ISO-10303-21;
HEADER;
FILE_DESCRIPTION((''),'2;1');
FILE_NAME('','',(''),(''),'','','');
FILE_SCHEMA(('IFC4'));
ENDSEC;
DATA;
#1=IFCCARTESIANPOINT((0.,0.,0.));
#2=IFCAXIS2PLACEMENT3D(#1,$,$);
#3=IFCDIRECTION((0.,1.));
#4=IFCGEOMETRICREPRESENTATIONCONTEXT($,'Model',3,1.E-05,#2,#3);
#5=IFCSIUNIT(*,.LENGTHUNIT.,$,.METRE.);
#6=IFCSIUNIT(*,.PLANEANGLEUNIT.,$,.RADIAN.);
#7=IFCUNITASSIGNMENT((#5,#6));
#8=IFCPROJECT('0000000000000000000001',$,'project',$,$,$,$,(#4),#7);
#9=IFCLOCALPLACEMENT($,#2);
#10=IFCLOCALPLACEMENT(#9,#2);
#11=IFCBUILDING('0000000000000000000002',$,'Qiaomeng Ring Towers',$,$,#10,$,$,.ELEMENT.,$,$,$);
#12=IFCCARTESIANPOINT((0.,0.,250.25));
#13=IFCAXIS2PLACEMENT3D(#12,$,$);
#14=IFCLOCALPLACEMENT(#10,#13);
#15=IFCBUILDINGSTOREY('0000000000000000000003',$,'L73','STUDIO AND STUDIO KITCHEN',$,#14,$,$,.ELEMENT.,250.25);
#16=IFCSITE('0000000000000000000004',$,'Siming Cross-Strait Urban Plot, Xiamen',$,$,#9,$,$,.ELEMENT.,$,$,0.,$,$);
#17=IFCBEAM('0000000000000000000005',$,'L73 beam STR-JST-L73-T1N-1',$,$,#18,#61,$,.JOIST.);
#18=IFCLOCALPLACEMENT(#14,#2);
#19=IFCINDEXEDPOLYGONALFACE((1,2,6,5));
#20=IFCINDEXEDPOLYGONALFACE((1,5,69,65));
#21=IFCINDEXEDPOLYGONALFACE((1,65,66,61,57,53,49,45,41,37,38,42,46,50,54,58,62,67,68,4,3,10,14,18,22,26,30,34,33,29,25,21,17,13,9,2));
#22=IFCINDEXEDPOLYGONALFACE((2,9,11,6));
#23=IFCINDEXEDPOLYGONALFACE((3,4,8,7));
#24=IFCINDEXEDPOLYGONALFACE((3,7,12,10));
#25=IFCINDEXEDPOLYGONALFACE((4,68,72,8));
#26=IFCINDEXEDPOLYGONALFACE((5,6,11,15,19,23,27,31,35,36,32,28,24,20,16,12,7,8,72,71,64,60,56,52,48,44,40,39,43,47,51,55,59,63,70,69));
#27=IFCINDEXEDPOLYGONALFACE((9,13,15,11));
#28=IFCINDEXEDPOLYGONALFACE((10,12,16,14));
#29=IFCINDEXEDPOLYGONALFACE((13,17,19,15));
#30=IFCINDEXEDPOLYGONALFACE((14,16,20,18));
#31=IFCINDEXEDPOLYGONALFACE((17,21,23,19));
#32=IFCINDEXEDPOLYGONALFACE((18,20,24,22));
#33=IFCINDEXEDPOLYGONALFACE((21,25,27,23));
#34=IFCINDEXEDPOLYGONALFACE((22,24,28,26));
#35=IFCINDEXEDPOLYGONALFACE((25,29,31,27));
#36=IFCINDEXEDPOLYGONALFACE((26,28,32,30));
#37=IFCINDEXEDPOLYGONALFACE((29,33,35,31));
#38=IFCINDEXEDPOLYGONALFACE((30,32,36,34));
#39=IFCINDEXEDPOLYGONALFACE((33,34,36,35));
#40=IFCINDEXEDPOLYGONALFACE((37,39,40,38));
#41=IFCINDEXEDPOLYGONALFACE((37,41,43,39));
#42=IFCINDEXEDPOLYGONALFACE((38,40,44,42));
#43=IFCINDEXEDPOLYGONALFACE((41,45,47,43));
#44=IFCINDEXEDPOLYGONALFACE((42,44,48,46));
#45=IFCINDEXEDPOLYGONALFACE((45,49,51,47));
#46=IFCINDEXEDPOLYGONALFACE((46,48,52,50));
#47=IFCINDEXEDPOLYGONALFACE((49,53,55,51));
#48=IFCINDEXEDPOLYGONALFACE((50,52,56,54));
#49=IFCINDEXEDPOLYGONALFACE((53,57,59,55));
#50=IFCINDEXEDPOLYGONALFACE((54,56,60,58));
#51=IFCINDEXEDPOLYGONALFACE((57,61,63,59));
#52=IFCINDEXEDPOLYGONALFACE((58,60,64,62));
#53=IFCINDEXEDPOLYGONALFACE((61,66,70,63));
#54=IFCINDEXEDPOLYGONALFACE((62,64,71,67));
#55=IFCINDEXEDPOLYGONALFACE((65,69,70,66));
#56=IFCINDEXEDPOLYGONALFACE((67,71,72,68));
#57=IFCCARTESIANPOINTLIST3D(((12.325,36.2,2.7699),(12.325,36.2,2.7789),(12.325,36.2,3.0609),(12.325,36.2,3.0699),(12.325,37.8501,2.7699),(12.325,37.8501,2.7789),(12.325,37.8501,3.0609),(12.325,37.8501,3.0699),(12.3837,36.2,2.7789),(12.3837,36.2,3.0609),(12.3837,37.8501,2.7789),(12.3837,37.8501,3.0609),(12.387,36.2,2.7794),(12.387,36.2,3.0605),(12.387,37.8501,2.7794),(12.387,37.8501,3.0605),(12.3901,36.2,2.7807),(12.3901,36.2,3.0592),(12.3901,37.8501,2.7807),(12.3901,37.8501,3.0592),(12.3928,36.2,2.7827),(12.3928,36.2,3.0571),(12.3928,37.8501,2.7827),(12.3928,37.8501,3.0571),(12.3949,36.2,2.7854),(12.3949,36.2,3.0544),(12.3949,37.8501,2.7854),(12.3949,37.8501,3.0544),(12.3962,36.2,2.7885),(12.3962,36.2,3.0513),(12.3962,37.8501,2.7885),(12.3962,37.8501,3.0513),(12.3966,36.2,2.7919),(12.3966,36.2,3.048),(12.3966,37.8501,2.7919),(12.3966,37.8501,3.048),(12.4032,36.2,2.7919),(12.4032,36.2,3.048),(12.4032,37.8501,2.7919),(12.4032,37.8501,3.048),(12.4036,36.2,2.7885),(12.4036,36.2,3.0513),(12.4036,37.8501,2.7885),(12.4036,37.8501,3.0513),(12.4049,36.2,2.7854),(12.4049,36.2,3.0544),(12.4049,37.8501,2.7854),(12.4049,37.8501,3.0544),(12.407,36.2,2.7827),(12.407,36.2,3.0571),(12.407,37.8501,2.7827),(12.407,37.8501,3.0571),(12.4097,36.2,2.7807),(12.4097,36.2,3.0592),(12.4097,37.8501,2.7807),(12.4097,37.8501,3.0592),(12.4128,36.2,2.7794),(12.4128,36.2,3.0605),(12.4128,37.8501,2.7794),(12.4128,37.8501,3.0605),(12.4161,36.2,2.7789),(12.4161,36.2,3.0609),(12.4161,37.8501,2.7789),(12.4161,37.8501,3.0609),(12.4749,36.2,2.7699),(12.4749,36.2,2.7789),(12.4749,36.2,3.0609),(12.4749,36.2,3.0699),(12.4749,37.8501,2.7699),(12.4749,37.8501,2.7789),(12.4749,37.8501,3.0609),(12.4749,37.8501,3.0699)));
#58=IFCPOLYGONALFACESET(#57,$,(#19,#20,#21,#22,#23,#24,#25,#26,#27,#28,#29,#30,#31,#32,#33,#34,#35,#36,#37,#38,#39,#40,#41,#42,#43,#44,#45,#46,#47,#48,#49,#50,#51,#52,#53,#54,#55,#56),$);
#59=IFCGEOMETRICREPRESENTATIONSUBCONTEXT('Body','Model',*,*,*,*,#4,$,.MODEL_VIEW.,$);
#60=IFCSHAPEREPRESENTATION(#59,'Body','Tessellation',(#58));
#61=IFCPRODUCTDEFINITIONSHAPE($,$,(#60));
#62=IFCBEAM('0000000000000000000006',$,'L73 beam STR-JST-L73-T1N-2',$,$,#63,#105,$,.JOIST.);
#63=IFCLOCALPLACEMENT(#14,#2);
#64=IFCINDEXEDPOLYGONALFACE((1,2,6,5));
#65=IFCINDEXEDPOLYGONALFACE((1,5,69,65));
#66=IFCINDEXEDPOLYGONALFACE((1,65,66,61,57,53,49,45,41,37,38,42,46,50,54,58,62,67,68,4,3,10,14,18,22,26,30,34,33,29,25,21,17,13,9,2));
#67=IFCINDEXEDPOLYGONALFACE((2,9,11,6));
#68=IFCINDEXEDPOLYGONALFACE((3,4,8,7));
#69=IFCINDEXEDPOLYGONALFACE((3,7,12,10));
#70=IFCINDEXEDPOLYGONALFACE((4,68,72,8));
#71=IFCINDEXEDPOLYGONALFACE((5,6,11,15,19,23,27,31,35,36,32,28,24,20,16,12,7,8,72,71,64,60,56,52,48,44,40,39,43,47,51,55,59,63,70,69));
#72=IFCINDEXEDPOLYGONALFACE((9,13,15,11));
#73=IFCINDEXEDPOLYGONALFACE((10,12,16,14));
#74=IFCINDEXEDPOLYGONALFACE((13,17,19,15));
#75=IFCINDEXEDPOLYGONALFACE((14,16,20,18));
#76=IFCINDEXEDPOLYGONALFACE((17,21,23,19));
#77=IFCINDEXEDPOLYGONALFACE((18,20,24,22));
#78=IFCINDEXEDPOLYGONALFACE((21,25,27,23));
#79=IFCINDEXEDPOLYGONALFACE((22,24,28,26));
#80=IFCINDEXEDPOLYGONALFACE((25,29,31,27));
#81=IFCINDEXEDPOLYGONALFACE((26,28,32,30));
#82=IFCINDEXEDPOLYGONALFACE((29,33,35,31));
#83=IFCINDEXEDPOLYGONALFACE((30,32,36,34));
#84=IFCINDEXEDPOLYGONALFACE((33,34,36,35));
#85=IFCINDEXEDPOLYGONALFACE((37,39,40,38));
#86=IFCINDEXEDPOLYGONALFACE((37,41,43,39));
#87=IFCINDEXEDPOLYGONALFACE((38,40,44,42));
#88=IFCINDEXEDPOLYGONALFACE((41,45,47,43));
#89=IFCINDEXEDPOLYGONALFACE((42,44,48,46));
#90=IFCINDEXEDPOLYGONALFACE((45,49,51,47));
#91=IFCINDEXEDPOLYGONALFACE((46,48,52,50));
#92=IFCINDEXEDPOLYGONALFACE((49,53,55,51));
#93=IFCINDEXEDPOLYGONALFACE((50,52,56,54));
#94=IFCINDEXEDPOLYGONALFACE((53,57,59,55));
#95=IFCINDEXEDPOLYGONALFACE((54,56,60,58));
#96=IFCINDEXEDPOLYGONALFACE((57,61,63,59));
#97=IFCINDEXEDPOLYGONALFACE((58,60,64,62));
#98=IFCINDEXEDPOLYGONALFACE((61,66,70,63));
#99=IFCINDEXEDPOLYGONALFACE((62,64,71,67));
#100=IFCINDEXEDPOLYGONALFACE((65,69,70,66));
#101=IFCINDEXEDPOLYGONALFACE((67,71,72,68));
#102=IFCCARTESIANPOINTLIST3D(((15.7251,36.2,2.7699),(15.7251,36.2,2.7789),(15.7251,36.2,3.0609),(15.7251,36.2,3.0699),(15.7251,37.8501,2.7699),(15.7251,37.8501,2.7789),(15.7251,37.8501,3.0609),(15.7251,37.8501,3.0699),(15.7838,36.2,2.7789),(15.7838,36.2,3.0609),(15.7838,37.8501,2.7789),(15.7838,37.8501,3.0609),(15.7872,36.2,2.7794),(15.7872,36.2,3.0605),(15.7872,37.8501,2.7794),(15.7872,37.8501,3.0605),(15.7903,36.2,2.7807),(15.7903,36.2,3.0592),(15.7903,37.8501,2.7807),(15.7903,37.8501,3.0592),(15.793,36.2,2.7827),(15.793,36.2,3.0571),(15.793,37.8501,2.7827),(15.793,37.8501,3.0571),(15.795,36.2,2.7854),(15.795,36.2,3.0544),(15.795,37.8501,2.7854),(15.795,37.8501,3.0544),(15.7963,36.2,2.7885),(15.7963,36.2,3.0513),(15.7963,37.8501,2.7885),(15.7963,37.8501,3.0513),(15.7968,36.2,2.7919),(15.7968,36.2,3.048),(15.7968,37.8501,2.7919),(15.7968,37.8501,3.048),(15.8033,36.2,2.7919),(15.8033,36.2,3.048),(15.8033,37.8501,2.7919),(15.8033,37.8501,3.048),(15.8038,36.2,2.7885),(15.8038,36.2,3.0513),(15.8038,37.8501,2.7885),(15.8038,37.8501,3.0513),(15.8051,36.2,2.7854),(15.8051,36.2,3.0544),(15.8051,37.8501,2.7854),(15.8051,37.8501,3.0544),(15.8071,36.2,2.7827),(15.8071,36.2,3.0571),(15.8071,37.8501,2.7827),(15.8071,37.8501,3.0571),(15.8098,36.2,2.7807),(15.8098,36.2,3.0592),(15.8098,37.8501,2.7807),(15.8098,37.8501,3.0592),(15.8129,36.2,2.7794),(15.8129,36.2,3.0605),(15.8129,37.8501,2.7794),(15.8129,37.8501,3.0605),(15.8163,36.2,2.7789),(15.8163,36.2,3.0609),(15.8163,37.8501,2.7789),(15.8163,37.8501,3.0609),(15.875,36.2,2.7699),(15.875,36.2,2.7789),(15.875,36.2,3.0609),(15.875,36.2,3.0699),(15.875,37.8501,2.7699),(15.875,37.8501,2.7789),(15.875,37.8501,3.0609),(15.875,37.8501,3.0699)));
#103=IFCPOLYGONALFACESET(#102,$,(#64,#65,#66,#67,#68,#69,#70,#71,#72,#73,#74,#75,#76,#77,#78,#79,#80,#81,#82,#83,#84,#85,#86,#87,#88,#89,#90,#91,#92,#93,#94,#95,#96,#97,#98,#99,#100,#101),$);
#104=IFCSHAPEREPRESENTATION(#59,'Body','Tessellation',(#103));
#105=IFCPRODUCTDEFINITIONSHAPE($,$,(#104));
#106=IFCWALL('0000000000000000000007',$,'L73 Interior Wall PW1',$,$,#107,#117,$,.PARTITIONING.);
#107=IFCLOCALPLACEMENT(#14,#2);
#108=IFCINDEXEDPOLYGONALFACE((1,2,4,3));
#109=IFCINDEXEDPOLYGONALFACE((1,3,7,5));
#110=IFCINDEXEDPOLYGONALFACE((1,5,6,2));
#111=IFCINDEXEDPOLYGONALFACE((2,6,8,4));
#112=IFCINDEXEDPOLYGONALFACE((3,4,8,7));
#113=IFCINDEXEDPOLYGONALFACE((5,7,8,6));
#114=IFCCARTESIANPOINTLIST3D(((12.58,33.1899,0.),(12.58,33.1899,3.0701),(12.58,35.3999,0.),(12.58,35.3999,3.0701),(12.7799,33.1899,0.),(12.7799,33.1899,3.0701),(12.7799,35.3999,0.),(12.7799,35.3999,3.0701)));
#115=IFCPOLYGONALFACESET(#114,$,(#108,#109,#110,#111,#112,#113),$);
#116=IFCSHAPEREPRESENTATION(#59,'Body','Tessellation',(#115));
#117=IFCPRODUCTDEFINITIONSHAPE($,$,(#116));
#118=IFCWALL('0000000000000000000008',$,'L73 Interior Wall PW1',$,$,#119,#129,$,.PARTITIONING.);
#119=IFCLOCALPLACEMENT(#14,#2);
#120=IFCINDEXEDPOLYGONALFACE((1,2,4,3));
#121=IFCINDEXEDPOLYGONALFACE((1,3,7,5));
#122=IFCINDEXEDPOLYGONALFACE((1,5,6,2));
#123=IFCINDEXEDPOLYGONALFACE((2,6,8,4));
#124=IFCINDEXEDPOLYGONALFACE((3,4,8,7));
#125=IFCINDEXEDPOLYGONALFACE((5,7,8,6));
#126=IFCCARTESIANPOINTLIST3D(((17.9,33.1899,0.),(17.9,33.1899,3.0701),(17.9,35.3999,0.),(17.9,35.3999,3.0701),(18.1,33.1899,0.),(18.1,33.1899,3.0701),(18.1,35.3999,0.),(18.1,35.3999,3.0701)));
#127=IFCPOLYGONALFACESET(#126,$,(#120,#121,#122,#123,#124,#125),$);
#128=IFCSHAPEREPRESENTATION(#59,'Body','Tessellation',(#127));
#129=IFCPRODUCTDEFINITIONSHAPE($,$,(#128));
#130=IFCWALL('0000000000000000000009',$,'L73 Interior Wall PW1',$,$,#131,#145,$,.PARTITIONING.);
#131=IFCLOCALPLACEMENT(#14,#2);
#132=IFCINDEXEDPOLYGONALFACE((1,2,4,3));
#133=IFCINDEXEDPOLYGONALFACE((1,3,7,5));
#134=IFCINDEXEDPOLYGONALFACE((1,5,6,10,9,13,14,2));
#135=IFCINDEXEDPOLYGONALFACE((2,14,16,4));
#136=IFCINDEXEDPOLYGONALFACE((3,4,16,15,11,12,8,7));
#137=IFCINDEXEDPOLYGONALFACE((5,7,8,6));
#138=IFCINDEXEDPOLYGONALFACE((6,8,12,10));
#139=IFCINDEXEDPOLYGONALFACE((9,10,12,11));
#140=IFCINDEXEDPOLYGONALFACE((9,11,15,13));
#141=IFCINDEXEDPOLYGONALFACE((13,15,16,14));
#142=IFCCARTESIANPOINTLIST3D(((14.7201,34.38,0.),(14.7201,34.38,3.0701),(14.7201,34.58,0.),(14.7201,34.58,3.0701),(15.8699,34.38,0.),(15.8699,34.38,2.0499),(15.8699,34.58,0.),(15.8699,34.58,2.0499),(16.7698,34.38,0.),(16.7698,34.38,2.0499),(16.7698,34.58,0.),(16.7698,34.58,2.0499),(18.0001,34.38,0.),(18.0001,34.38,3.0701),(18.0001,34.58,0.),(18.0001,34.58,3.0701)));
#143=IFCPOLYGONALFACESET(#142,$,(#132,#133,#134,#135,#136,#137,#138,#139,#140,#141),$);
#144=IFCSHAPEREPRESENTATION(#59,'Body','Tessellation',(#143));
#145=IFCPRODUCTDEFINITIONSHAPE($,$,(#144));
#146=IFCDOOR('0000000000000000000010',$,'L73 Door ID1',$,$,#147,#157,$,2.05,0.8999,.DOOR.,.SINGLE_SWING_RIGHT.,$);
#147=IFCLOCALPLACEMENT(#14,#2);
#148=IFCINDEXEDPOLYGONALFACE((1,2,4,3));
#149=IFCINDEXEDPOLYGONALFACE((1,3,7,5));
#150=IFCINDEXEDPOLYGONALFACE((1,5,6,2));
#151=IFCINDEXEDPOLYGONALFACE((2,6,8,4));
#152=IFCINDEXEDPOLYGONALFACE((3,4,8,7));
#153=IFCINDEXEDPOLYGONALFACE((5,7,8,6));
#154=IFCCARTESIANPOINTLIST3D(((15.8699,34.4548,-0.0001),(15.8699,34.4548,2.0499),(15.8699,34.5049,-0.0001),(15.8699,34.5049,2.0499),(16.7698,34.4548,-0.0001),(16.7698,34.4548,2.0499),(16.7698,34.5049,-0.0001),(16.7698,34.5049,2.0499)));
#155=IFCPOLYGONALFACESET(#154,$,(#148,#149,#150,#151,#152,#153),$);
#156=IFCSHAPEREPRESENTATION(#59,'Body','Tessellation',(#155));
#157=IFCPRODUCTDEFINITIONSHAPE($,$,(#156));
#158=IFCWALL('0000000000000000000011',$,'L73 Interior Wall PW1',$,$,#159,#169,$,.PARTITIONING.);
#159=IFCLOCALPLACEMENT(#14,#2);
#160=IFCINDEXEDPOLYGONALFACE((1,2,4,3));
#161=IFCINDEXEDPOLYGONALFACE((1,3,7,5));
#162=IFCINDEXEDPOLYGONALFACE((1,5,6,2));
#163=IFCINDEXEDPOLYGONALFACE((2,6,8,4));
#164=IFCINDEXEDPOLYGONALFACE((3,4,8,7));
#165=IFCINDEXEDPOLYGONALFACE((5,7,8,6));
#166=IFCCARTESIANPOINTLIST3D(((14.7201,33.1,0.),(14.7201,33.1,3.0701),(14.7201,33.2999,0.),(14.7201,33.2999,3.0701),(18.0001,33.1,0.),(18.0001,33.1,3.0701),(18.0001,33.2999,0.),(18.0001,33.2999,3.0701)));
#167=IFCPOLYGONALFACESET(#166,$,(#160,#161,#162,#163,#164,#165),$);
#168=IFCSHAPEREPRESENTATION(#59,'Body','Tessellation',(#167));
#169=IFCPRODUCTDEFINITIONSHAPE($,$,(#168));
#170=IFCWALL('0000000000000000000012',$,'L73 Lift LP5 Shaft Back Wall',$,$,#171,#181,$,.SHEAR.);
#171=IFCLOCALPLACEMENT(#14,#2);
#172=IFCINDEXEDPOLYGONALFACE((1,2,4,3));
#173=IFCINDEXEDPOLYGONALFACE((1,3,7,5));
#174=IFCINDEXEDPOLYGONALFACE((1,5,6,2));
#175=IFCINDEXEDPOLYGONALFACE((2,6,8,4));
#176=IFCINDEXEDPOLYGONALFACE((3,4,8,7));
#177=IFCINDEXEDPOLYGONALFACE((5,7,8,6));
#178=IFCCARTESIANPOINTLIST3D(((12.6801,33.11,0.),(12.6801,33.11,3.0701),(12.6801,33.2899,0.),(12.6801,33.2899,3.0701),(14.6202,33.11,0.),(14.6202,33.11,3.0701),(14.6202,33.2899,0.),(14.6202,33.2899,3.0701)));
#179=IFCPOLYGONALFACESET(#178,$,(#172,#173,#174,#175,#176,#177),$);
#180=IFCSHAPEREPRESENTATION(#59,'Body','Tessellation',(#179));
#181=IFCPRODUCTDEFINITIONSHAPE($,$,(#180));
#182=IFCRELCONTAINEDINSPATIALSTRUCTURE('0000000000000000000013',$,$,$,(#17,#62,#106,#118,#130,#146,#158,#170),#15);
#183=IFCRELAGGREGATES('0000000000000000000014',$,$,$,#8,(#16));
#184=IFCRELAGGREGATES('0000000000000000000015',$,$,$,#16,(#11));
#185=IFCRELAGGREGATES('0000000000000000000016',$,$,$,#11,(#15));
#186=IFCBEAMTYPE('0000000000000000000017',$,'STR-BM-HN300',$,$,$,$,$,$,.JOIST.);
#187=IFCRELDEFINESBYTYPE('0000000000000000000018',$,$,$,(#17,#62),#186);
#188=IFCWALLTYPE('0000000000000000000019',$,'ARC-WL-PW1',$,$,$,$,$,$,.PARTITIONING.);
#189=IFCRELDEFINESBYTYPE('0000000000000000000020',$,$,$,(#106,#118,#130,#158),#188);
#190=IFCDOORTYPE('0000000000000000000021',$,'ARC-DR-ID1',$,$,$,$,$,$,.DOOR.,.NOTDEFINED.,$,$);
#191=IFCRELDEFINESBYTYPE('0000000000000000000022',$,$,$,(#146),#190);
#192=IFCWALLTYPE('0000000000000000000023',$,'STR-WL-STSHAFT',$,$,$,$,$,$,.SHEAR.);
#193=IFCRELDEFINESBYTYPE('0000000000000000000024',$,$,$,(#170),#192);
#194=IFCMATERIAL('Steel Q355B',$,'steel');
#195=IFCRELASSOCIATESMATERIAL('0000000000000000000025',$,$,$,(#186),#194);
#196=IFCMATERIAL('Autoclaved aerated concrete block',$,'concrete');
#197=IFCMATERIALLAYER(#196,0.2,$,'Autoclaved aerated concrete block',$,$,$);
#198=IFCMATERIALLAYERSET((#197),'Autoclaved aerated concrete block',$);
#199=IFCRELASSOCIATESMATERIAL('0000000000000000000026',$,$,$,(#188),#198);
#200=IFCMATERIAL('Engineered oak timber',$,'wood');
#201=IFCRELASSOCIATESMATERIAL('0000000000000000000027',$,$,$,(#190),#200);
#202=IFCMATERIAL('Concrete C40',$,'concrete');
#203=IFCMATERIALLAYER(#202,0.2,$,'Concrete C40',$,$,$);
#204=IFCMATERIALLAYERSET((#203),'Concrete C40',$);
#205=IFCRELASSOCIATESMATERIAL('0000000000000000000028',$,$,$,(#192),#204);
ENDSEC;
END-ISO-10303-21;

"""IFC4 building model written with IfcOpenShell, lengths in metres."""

from ifc_helpers import new_model, si_unit, direction, frame, frame_2d, origin, origin_2d, place, context, subcontext, project, spatial, rectangle, i_section, extrude, source, transform, mapped, material, layer, layer_set, material_profile, profile_set, type_object, element, fill, save


model = new_model("IFC4")

# Units and contexts
model_context = context("Model", 3, precision=1e-05, world=origin(), true_north=direction((0.0, 1.0)))
body_context = subcontext(model_context, "Body", "Model", "MODEL_VIEW")
ifc_project = project(units=[si_unit("LENGTHUNIT", "METRE"), si_unit("PLANEANGLEUNIT", "RADIAN")], contexts=[model_context])

# Site, building, storey
site_placement = place(None, origin())
site = spatial("IfcSite", under=ifc_project, at=site_placement, Name="Siming Cross-Strait Urban Plot, Xiamen", CompositionType="ELEMENT", RefElevation=0.0)
building_placement = place(site_placement, origin())
building = spatial("IfcBuilding", under=site, at=building_placement, Name="Qiaomeng Ring Towers", CompositionType="ELEMENT")
storey_placement = place(building_placement, frame((0.0, 0.0, 250.25)))
storey = spatial("IfcBuildingStorey", under=building, at=storey_placement, Name="L73", Description="STUDIO AND STUDIO KITCHEN", CompositionType="ELEMENT", Elevation=250.25)

# Beams
ifc_material_1 = material(Name="Steel Q355B", Category="steel")
ifc_material_profile_1 = material_profile(ifc_material_1, i_section(OverallWidth=0.1499, OverallDepth=0.3, WebThickness=0.0066, FlangeThickness=0.009, FilletRadius=0.0129, at=origin_2d()), Name="HN 300x150x6.5x9")
ifc_profile_set_1 = profile_set([ifc_material_profile_1], Name="Steel Q355B")
beam_type = type_object("IfcBeamType", Name="STR-BM-HN300", PredefinedType="JOIST", material=ifc_profile_set_1)
shared_shape_1 = source(origin(), body_context, "Body", "SweptSolid", [
    extrude(i_section(OverallWidth=0.1499, OverallDepth=0.3, WebThickness=0.0066, FlangeThickness=0.009, FilletRadius=0.0129, at=origin_2d()), origin(), (0.0, 0.0, 1.0), 1.6501),
])
for number, where, z_axis, x_axis, name in (
    (1, (12.3999, 36.2, 2.9199), (0.0, 1.0, 0.0), (-1.0, 0.0, 0.0), "L73 beam STR-JST-L73-T1N-1"),
    (2, (15.8, 36.2, 2.9199), (0.0, 1.0, 0.0), (-1.0, 0.0, 0.0), "L73 beam STR-JST-L73-T1N-2"),
):
    element("IfcBeam", number, at=place(storey_placement, frame(where, z_axis=z_axis, x_axis=x_axis)), inside=storey, type_object=beam_type, Name=name, PredefinedType="JOIST", context=body_context, shape_type="MappedRepresentation", body=[
        mapped(shared_shape_1, transform((0.0, 0.0, 0.0), x_axis=(1.0, 0.0, 0.0), y_axis=(0.0, 1.0, 0.0), z_axis=(0.0, 0.0, 1.0), scale=1.0)),
    ])

# Walls
ifc_material_2 = material(Name="Autoclaved aerated concrete block", Category="concrete")
ifc_layer_1 = layer(ifc_material_2, 0.2, Name="Autoclaved aerated concrete block")
ifc_layer_set_1 = layer_set([ifc_layer_1], Name="Autoclaved aerated concrete block")
wall_type_1 = type_object("IfcWallType", Name="ARC-WL-PW1", PredefinedType="PARTITIONING", material=ifc_layer_set_1)
for number, where, z_axis, x_axis, name in (
    (3, (12.6799, 33.1899, 0.0), (0.0, 0.0, 1.0), (0.0, 1.0, 0.0), "L73 Interior Wall PW1"),
    (4, (18.0, 33.1899, 0.0), (0.0, 0.0, 1.0), (0.0, 1.0, 0.0), "L73 Interior Wall PW1"),
):
    element("IfcWall", number, at=place(storey_placement, frame(where, z_axis=z_axis, x_axis=x_axis)), inside=storey, type_object=wall_type_1, Name=name, PredefinedType="PARTITIONING", context=body_context, shape_type="SweptSolid", body=[
        extrude(rectangle(XDim=2.21, YDim=0.2, at=frame_2d((1.105, 0.0))), origin(), (0.0, 0.0, 1.0), 3.0701),
    ])

# Wall, opening, door
wall_1_placement = place(storey_placement, frame((14.72, 34.48, 0.0), z_axis=(0.0, 0.0, 1.0), x_axis=(1.0, 0.0, 0.0)))
wall_1 = element("IfcWall", 5, at=wall_1_placement, inside=storey, type_object=wall_type_1, Name="L73 Interior Wall PW1", PredefinedType="PARTITIONING", context=body_context, shape_type="SweptSolid", body=[
    extrude(rectangle(XDim=3.28, YDim=0.2, at=frame_2d((1.6401, 0.0))), origin(), (0.0, 0.0, 1.0), 3.0701),
])
opening_1_placement = place(wall_1_placement, frame((1.1499, 0.0, 0.0)))
opening_1 = element("IfcOpeningElement", 6, at=opening_1_placement, cuts=wall_1, PredefinedType="OPENING", context=body_context, shape_type="SweptSolid", body=[
    extrude(rectangle(XDim=0.8999, YDim=2.05, at=frame_2d((0.45, 1.0249))), frame((0.0, 0.1099, 0.0), z_axis=(0.0, -1.0, 0.0), x_axis=(1.0, 0.0, 0.0)), (0.0, 0.0, 1.0), 0.22),
])
ifc_material_3 = material(Name="Engineered oak timber", Category="wood")
door_type_1 = type_object("IfcDoorType", Name="ARC-DR-ID1", OperationType="NOTDEFINED", PredefinedType="DOOR", material=ifc_material_3)
shared_shape_2 = source(origin(), body_context, "Body", "SweptSolid", [
    extrude(rectangle(XDim=0.8999, YDim=2.05, at=frame_2d((0.45, 1.0249))), frame((0.0, 0.0249, 0.0), z_axis=(0.0, -1.0, 0.0), x_axis=(1.0, 0.0, 0.0)), (0.0, 0.0, 1.0), 0.05),
])
door_1_placement = place(opening_1_placement, origin())
door_1 = element("IfcDoor", 7, at=door_1_placement, inside=storey, type_object=door_type_1, Name="L73 Door ID1", OperationType="SINGLE_SWING_RIGHT", OverallHeight=2.05, OverallWidth=0.8999, PredefinedType="DOOR", context=body_context, shape_type="MappedRepresentation", body=[
    mapped(shared_shape_2, transform((0.0, 0.0, 0.0), x_axis=(1.0, 0.0, 0.0), y_axis=(0.0, 1.0, 0.0), z_axis=(0.0, 0.0, 1.0), scale=1.0)),
])
fill(opening_1, door_1)

# Walls
wall_2_placement = place(storey_placement, frame((14.72, 33.2, 0.0), z_axis=(0.0, 0.0, 1.0), x_axis=(1.0, 0.0, 0.0)))
element("IfcWall", 8, at=wall_2_placement, inside=storey, type_object=wall_type_1, Name="L73 Interior Wall PW1", PredefinedType="PARTITIONING", context=body_context, shape_type="SweptSolid", body=[
    extrude(rectangle(XDim=3.28, YDim=0.2, at=frame_2d((1.6401, 0.0))), origin(), (0.0, 0.0, 1.0), 3.0701),
])
ifc_material_4 = material(Name="Concrete C40", Category="concrete")
ifc_layer_2 = layer(ifc_material_4, 0.2, Name="Concrete C40")
ifc_layer_set_2 = layer_set([ifc_layer_2], Name="Concrete C40")
wall_type_2 = type_object("IfcWallType", Name="STR-WL-STSHAFT", PredefinedType="SHEAR", material=ifc_layer_set_2)
wall_3_placement = place(storey_placement, frame((12.6799, 33.2, 0.0), z_axis=(0.0, 0.0, 1.0), x_axis=(1.0, 0.0, 0.0)))
element("IfcWall", 9, at=wall_3_placement, inside=storey, type_object=wall_type_2, Name="L73 Lift LP5 Shaft Back Wall", PredefinedType="SHEAR", context=body_context, shape_type="SweptSolid", body=[
    extrude(rectangle(XDim=1.9402, YDim=0.1799, at=frame_2d((0.9702, 0.0))), origin(), (0.0, 0.0, 1.0), 3.0701),
])

save(model, "model.ifc")
